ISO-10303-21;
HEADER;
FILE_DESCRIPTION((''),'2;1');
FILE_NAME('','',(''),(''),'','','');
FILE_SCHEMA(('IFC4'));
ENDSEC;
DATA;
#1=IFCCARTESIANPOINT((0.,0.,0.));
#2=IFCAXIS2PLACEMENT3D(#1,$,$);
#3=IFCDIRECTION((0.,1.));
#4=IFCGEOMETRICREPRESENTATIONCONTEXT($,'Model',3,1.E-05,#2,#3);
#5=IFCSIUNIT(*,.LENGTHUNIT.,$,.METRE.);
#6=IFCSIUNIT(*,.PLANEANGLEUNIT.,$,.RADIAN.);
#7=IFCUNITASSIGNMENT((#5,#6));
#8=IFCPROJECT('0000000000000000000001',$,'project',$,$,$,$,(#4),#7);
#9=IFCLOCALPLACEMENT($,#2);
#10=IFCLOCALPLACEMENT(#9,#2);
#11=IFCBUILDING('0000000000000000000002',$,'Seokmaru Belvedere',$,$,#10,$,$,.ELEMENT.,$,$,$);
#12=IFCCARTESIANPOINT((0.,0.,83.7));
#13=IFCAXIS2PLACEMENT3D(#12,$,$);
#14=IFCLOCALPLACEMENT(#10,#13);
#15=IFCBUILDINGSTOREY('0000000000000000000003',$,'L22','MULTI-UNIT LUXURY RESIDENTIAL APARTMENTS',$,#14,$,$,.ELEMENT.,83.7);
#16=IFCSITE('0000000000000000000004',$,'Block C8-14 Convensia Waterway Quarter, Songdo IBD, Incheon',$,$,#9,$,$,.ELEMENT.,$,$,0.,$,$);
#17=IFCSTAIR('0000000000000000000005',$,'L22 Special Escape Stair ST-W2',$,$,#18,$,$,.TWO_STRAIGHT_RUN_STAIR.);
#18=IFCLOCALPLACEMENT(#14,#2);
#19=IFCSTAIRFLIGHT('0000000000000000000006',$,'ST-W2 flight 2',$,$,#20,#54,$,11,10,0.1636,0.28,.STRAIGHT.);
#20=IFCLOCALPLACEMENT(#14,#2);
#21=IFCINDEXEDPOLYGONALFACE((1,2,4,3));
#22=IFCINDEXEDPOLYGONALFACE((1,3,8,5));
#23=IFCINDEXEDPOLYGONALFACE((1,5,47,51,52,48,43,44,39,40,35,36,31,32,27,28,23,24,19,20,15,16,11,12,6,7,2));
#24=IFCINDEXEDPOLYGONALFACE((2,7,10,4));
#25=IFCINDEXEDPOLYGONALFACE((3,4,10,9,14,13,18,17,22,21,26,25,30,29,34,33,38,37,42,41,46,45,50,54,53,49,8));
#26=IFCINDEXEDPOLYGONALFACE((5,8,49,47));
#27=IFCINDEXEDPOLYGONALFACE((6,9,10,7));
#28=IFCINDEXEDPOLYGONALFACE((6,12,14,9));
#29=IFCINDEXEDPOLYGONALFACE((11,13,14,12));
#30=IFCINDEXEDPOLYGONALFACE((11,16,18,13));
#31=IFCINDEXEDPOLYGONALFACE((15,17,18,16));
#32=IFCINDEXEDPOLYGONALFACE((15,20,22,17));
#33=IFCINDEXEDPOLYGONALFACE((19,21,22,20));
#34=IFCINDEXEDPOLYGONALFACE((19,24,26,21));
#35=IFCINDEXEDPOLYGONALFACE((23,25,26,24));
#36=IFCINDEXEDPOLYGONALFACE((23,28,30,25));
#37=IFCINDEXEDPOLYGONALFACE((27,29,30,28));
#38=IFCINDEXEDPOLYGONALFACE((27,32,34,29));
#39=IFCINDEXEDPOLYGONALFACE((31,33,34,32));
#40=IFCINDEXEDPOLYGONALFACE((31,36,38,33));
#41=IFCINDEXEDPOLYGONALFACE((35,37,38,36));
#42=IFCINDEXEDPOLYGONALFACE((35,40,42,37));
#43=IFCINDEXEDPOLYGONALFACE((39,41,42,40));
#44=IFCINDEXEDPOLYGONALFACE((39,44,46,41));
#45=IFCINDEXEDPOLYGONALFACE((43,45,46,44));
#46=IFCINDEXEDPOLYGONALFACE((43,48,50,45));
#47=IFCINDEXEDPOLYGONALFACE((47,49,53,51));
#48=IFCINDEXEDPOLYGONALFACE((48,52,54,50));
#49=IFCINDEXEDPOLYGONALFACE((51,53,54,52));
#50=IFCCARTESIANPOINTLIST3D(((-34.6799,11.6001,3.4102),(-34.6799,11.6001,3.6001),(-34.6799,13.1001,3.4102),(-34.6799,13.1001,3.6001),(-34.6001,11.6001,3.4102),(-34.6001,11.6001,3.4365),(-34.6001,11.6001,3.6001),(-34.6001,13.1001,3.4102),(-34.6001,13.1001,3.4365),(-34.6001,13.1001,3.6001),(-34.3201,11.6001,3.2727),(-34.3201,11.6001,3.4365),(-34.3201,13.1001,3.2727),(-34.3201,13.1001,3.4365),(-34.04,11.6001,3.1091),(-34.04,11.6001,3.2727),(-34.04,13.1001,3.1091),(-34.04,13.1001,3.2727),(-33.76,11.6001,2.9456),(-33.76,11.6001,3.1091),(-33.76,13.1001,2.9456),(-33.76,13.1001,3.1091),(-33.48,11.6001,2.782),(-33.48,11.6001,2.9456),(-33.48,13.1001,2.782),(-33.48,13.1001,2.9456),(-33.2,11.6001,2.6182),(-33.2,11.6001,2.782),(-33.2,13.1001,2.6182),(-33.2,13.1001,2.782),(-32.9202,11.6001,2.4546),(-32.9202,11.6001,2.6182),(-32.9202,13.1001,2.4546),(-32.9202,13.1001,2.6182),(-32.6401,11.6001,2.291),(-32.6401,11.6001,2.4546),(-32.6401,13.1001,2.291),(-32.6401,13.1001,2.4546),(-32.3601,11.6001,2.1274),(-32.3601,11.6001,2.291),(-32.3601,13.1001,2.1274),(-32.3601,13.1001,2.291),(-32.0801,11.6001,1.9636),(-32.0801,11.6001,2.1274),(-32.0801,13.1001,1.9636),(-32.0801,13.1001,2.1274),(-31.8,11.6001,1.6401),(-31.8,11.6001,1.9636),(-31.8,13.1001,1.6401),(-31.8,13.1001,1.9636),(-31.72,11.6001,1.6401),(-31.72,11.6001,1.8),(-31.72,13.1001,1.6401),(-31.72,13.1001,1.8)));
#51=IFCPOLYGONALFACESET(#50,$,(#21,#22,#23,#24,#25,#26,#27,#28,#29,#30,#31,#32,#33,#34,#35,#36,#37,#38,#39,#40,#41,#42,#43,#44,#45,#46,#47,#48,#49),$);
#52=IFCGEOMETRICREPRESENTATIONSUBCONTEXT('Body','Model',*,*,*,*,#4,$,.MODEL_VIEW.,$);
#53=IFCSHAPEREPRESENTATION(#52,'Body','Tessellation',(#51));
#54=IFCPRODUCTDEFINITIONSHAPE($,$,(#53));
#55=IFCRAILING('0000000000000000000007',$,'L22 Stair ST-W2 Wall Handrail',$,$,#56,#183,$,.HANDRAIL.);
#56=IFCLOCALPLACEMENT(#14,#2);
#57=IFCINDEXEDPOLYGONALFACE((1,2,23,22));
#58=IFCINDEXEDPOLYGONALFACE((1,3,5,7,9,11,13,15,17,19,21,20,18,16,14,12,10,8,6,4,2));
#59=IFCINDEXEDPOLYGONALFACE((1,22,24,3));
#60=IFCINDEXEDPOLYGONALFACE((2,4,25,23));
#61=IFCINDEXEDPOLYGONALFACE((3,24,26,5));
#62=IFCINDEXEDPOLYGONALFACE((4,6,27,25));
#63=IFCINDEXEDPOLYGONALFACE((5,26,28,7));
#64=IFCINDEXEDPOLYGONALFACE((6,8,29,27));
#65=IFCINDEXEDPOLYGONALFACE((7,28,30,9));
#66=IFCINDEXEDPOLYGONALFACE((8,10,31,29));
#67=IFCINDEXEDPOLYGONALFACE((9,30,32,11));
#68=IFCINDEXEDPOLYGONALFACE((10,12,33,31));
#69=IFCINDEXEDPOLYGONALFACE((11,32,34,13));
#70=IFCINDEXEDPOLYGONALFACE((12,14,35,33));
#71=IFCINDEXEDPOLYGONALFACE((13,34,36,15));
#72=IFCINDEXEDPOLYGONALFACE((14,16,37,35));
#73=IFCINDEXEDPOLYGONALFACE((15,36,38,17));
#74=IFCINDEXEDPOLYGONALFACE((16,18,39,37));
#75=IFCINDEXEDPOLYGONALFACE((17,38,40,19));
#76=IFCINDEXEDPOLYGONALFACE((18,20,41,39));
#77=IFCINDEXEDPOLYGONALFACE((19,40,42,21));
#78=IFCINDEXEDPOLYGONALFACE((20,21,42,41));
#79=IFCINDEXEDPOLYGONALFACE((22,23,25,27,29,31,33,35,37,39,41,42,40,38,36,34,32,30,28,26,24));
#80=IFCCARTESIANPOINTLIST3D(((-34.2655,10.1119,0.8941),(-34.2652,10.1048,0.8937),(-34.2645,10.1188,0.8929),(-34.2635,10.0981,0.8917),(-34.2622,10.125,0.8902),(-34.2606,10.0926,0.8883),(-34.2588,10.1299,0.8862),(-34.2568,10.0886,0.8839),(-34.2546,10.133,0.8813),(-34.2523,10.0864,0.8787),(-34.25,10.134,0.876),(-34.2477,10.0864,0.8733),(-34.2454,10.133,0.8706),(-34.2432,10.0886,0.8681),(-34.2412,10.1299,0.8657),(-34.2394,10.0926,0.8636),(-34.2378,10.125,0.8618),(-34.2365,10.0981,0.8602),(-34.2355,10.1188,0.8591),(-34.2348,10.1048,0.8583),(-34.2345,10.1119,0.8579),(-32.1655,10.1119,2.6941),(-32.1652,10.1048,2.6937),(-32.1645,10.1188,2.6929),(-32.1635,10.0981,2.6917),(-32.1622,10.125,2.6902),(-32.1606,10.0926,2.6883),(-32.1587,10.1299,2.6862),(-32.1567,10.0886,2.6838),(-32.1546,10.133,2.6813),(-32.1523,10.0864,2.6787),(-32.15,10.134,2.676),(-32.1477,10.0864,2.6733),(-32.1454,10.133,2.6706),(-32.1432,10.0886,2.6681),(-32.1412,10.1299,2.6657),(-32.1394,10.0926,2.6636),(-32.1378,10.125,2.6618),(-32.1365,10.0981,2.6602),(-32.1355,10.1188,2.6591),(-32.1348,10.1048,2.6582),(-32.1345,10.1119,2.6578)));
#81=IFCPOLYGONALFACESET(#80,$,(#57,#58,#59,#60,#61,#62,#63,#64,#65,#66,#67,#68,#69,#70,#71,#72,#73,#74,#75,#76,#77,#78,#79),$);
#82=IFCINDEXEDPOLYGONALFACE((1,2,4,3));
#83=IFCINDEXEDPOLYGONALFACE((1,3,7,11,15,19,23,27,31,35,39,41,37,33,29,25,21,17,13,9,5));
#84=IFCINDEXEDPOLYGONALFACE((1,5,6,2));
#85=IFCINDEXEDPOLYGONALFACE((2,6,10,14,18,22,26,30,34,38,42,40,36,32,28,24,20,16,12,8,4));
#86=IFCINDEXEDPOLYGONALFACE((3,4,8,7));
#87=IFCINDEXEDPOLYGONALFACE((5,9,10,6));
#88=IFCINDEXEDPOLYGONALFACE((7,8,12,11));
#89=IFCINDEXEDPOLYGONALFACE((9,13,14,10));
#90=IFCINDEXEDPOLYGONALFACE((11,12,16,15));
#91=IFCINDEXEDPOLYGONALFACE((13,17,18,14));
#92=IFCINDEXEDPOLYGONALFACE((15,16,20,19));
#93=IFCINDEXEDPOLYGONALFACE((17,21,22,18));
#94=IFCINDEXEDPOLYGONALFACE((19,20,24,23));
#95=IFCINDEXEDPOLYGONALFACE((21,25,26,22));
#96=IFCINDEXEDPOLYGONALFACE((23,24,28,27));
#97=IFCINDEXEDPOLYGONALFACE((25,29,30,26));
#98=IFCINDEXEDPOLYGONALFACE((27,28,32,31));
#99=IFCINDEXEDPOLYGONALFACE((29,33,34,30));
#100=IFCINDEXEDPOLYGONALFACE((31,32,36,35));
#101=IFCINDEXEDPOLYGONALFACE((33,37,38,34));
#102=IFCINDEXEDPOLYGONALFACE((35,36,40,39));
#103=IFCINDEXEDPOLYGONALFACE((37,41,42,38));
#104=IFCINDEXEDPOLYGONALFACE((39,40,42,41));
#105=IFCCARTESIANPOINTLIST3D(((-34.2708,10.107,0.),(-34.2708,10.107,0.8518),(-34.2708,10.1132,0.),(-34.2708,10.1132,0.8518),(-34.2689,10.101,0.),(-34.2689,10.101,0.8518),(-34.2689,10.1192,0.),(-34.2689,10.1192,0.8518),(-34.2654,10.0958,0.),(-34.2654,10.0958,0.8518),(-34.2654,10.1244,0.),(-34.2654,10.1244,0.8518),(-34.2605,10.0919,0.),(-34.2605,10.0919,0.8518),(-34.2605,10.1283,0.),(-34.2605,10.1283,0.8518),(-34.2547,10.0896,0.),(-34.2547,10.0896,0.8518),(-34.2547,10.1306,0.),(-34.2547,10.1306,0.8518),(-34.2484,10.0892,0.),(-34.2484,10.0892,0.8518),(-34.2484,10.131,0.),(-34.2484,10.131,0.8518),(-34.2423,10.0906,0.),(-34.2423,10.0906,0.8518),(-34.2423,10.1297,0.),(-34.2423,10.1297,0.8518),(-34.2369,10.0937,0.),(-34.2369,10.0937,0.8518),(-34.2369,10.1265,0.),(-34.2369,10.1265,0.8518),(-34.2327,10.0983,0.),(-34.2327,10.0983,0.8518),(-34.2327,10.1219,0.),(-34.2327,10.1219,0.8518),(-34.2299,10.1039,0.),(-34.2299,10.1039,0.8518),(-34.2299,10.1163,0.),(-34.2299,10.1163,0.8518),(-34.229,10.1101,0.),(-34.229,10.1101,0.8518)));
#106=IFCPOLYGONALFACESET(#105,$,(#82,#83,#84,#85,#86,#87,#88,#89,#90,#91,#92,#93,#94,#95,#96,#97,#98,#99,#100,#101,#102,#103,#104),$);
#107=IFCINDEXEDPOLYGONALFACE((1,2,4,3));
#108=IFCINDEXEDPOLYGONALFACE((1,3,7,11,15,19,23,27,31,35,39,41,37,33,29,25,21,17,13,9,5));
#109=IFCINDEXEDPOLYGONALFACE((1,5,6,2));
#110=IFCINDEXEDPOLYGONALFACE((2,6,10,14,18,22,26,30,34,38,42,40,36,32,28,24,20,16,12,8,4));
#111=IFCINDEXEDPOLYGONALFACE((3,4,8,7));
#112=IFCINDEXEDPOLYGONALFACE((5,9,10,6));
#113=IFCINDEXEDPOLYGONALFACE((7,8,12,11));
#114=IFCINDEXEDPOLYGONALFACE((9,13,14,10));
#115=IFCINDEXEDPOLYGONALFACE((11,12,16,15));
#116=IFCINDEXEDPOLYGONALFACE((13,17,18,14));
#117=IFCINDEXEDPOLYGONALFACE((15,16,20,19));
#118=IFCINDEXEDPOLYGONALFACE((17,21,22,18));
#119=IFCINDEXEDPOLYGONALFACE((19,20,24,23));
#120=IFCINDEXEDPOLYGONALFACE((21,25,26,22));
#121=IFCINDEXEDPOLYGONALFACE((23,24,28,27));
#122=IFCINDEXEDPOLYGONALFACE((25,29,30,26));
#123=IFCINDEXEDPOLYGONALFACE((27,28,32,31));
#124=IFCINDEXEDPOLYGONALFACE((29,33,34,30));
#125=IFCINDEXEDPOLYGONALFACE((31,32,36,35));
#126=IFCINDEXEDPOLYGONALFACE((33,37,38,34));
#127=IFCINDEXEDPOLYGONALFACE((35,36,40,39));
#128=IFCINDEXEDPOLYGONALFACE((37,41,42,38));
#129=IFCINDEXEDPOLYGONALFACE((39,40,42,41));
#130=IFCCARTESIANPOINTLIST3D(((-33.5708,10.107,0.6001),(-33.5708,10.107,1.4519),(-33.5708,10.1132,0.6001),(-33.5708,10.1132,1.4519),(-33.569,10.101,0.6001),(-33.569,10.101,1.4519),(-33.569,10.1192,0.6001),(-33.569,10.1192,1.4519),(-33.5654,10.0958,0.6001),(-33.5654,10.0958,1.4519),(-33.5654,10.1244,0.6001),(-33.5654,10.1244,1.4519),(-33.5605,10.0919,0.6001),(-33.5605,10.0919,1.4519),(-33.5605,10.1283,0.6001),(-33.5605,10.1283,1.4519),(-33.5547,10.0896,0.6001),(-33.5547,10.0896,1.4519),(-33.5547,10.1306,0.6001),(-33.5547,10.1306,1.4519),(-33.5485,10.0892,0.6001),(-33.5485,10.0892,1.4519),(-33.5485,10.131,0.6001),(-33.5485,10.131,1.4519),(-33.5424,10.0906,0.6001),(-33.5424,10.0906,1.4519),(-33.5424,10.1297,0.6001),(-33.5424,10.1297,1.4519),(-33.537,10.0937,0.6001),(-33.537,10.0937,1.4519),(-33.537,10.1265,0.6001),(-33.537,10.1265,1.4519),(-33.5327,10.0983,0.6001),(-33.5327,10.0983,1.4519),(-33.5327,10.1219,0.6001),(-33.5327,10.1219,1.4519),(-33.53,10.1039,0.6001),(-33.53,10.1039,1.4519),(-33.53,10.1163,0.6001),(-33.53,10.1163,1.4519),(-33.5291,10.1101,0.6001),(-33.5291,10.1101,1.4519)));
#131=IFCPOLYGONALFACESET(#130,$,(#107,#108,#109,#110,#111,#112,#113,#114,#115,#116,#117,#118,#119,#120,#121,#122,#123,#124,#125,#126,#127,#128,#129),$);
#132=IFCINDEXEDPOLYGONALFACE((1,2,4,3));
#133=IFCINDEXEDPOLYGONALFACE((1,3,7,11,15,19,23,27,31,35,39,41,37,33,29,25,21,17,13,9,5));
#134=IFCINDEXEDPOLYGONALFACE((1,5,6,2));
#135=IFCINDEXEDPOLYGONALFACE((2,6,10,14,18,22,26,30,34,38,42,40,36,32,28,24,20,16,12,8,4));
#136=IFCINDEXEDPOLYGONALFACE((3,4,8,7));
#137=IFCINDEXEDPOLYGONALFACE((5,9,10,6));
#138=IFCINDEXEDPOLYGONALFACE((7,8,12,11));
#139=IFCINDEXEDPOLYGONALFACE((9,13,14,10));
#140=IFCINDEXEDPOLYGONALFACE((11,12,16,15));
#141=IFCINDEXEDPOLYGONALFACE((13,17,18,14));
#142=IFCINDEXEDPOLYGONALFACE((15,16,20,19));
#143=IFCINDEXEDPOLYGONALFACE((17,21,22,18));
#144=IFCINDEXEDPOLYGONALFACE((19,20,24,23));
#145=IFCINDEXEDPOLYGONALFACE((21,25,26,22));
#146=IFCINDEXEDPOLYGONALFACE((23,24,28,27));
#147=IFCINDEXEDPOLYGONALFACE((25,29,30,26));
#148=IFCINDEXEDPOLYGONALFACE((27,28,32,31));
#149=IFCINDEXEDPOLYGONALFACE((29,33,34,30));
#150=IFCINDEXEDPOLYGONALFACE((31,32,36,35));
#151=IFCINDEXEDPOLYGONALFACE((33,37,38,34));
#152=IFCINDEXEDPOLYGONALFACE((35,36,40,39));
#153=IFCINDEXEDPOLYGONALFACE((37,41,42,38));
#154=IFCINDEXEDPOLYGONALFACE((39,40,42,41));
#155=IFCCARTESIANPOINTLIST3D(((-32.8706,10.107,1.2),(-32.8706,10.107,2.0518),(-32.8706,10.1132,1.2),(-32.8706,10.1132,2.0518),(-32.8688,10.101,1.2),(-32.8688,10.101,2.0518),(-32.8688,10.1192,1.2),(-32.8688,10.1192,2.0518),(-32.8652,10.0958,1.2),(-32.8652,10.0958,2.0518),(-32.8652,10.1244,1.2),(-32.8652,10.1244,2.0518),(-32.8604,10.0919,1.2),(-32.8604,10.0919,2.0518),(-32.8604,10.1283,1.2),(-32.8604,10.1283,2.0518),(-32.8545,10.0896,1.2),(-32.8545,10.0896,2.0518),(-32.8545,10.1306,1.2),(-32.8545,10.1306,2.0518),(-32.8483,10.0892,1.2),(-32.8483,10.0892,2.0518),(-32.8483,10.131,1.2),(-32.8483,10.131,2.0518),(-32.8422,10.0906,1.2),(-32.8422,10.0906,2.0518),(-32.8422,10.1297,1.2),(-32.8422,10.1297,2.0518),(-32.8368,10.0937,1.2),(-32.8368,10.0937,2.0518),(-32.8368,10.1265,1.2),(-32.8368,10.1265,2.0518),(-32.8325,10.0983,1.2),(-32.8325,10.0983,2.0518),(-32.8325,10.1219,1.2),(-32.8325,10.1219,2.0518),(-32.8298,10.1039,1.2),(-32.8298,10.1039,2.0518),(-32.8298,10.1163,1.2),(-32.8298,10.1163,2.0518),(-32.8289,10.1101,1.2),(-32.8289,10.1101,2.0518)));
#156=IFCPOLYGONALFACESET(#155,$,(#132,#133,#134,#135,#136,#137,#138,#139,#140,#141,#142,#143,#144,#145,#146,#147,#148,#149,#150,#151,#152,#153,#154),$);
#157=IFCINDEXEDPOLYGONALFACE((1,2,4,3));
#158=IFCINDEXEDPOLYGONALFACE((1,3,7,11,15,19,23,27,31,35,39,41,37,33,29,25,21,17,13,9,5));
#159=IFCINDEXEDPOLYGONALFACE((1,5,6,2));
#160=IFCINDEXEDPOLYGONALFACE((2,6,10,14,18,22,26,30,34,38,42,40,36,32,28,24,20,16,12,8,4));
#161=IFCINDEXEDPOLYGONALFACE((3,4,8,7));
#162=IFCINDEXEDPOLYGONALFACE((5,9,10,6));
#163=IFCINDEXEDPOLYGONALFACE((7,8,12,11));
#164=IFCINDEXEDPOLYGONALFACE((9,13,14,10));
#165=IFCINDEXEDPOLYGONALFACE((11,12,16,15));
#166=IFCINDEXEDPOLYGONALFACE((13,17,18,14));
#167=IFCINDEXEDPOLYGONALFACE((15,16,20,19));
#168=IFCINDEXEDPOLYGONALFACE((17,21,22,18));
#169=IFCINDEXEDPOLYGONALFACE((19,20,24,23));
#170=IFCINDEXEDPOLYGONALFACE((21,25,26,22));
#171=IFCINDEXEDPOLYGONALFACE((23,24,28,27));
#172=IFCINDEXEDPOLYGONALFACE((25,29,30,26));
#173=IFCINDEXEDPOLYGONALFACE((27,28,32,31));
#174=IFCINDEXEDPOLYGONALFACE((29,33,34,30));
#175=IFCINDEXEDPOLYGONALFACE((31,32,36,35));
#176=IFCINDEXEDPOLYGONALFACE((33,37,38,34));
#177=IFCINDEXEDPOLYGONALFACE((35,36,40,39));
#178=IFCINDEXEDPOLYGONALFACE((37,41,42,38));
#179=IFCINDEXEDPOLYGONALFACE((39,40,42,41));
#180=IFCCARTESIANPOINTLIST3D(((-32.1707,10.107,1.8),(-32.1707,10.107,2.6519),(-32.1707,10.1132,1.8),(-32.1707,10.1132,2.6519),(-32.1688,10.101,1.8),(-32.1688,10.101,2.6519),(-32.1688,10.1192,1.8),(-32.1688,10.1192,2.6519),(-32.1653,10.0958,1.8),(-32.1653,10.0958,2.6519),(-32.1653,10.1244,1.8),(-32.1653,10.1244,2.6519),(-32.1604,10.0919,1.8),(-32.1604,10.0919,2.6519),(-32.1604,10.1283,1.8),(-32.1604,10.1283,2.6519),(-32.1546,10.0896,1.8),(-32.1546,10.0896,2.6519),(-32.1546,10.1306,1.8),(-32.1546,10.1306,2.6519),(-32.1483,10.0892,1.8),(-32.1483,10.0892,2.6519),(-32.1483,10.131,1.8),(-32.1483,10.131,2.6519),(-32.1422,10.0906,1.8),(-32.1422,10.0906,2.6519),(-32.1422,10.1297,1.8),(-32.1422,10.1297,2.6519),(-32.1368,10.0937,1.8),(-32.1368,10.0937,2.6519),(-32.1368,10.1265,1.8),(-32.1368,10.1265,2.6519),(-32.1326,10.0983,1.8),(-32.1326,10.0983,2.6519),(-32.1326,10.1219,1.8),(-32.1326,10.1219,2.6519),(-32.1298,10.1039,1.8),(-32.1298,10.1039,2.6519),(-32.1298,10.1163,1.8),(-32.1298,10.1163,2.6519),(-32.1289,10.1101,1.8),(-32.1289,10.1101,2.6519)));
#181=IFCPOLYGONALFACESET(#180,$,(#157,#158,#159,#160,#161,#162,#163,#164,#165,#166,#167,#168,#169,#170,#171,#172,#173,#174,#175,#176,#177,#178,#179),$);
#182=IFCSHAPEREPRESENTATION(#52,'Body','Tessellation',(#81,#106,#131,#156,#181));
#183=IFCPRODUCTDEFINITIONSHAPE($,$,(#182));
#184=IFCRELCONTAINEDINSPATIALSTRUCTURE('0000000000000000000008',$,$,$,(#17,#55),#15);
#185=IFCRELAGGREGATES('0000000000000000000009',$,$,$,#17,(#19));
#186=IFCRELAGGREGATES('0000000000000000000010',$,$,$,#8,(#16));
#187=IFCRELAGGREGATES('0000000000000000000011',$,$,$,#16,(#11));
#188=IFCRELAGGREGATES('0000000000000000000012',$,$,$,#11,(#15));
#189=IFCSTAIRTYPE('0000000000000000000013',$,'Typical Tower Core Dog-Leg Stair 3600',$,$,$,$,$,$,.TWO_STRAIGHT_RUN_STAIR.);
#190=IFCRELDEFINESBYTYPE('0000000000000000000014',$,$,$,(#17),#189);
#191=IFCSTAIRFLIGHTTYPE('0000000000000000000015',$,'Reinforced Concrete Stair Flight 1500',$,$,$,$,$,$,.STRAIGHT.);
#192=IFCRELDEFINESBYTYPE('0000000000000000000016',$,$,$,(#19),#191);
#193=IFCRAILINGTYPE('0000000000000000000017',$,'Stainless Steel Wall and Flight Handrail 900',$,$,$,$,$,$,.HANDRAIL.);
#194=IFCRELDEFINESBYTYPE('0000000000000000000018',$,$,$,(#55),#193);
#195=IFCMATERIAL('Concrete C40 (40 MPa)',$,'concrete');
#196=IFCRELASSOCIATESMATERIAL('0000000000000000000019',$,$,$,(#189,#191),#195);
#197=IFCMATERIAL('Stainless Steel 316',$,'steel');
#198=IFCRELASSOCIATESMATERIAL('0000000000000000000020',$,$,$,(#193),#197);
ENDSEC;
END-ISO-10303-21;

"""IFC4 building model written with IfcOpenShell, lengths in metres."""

from ifc_helpers import new_model, si_unit, direction, frame, origin, origin_2d, place, context, subcontext, project, spatial, polyline, circle, outline, extrude, material, type_object, element, aggregate, save


model = new_model("IFC4")

# Units and contexts
model_context = context("Model", 3, precision=1e-05, world=origin(), true_north=direction((0.0, 1.0)))
body_context = subcontext(model_context, "Body", "Model", "MODEL_VIEW")
ifc_project = project(units=[si_unit("LENGTHUNIT", "METRE"), si_unit("PLANEANGLEUNIT", "RADIAN")], contexts=[model_context])

# Site, building, storey
site_placement = place(None, origin())
site = spatial("IfcSite", under=ifc_project, at=site_placement, Name="Block C8-14 Convensia Waterway Quarter, Songdo IBD, Incheon", CompositionType="ELEMENT", RefElevation=0.0)
building_placement = place(site_placement, origin())
building = spatial("IfcBuilding", under=site, at=building_placement, Name="Seokmaru Belvedere", CompositionType="ELEMENT")
storey_placement = place(building_placement, frame((0.0, 0.0, 83.7)))
storey = spatial("IfcBuildingStorey", under=building, at=storey_placement, Name="L22", Description="MULTI-UNIT LUXURY RESIDENTIAL APARTMENTS", CompositionType="ELEMENT", Elevation=83.7)

# Stair, stair flight
ifc_material_1 = material(Name="Concrete C40 (40 MPa)", Category="concrete")
stair_type = type_object("IfcStairType", Name="Typical Tower Core Dog-Leg Stair 3600", PredefinedType="TWO_STRAIGHT_RUN_STAIR", material=ifc_material_1)
stair_placement = place(storey_placement, origin())
stair = element("IfcStair", 1, at=stair_placement, inside=storey, type_object=stair_type, Name="L22 Special Escape Stair ST-W2", PredefinedType="TWO_STRAIGHT_RUN_STAIR")
stair_flight_type = type_object("IfcStairFlightType", Name="Reinforced Concrete Stair Flight 1500", PredefinedType="STRAIGHT", material=ifc_material_1)
stair_flight_1_placement = place(storey_placement, frame((-31.8, 12.3501, 1.8), z_axis=(0.0, 0.0, 1.0), x_axis=(-1.0, 0.0, 0.0)))
stair_flight_1 = element("IfcStairFlight", 2, at=stair_flight_1_placement, type_object=stair_flight_type, Name="ST-W2 flight 2", NumberOfRisers=11, NumberOfTreads=10, PredefinedType="STRAIGHT", RiserHeight=0.1636, TreadLength=0.28, context=body_context, shape_type="SweptSolid", body=[
    extrude(outline(polyline([(-0.0801, 0.0), (0.0, 0.1636), (0.28, 0.1636), (0.28, 0.3274), (0.5601, 0.3274), (0.5601, 0.491), (0.8401, 0.491), (0.8401, 0.6545), (1.1201, 0.6545), (1.1201, 0.8181), (1.3999, 0.8181), (1.3999, 0.9819), (1.6799, 0.9819), (1.6799, 1.1455), (1.96, 1.1455), (1.96, 1.3091), (2.24, 1.3091), (2.24, 1.4727), (2.52, 1.4727), (2.52, 1.6365), (2.8, 1.6365), (2.8, 1.8), (2.8799, 1.8), (2.8799, 1.6101), (2.8, 1.6101), (0.0, -0.1599), (-0.0801, -0.1599), (-0.0801, 0.0)])), frame((0.0, 0.75, 0.0), z_axis=(0.0, -1.0, 0.0), x_axis=(1.0, 0.0, 0.0)), (0.0, 0.0, 1.0), 1.5),
])
aggregate(stair, [stair_flight_1])

# Railing
ifc_material_2 = material(Name="Stainless Steel 316", Category="steel")
railing_type_1 = type_object("IfcRailingType", Name="Stainless Steel Wall and Flight Handrail 900", PredefinedType="HANDRAIL", material=ifc_material_2)
railing_1_placement = place(storey_placement, frame((-34.25, 10.1101, 0.0)))
element("IfcRailing", 3, at=railing_1_placement, inside=storey, type_object=railing_type_1, Name="L22 Stair ST-W2 Wall Handrail", PredefinedType="HANDRAIL", context=body_context, shape_type="SweptSolid", body=[
    extrude(circle(Radius=0.0239, at=origin_2d()), frame((0.0, 0.0, 0.876), z_axis=(0.759263, 0.0, 0.650784), x_axis=(0.0, 1.0, 0.0)), (0.0, 0.0, 1.0), 2.7659),
    extrude(circle(Radius=0.021, at=origin_2d()), origin(), (0.0, 0.0, 1.0), 0.8518),
    extrude(circle(Radius=0.021, at=origin_2d()), frame((0.7, 0.0, 0.6001)), (0.0, 0.0, 1.0), 0.8518),
    extrude(circle(Radius=0.021, at=origin_2d()), frame((1.4001, 0.0, 1.2)), (0.0, 0.0, 1.0), 0.8518),
    extrude(circle(Radius=0.021, at=origin_2d()), frame((2.1001, 0.0, 1.8)), (0.0, 0.0, 1.0), 0.8518),
])

save(model, "model.ifc")
